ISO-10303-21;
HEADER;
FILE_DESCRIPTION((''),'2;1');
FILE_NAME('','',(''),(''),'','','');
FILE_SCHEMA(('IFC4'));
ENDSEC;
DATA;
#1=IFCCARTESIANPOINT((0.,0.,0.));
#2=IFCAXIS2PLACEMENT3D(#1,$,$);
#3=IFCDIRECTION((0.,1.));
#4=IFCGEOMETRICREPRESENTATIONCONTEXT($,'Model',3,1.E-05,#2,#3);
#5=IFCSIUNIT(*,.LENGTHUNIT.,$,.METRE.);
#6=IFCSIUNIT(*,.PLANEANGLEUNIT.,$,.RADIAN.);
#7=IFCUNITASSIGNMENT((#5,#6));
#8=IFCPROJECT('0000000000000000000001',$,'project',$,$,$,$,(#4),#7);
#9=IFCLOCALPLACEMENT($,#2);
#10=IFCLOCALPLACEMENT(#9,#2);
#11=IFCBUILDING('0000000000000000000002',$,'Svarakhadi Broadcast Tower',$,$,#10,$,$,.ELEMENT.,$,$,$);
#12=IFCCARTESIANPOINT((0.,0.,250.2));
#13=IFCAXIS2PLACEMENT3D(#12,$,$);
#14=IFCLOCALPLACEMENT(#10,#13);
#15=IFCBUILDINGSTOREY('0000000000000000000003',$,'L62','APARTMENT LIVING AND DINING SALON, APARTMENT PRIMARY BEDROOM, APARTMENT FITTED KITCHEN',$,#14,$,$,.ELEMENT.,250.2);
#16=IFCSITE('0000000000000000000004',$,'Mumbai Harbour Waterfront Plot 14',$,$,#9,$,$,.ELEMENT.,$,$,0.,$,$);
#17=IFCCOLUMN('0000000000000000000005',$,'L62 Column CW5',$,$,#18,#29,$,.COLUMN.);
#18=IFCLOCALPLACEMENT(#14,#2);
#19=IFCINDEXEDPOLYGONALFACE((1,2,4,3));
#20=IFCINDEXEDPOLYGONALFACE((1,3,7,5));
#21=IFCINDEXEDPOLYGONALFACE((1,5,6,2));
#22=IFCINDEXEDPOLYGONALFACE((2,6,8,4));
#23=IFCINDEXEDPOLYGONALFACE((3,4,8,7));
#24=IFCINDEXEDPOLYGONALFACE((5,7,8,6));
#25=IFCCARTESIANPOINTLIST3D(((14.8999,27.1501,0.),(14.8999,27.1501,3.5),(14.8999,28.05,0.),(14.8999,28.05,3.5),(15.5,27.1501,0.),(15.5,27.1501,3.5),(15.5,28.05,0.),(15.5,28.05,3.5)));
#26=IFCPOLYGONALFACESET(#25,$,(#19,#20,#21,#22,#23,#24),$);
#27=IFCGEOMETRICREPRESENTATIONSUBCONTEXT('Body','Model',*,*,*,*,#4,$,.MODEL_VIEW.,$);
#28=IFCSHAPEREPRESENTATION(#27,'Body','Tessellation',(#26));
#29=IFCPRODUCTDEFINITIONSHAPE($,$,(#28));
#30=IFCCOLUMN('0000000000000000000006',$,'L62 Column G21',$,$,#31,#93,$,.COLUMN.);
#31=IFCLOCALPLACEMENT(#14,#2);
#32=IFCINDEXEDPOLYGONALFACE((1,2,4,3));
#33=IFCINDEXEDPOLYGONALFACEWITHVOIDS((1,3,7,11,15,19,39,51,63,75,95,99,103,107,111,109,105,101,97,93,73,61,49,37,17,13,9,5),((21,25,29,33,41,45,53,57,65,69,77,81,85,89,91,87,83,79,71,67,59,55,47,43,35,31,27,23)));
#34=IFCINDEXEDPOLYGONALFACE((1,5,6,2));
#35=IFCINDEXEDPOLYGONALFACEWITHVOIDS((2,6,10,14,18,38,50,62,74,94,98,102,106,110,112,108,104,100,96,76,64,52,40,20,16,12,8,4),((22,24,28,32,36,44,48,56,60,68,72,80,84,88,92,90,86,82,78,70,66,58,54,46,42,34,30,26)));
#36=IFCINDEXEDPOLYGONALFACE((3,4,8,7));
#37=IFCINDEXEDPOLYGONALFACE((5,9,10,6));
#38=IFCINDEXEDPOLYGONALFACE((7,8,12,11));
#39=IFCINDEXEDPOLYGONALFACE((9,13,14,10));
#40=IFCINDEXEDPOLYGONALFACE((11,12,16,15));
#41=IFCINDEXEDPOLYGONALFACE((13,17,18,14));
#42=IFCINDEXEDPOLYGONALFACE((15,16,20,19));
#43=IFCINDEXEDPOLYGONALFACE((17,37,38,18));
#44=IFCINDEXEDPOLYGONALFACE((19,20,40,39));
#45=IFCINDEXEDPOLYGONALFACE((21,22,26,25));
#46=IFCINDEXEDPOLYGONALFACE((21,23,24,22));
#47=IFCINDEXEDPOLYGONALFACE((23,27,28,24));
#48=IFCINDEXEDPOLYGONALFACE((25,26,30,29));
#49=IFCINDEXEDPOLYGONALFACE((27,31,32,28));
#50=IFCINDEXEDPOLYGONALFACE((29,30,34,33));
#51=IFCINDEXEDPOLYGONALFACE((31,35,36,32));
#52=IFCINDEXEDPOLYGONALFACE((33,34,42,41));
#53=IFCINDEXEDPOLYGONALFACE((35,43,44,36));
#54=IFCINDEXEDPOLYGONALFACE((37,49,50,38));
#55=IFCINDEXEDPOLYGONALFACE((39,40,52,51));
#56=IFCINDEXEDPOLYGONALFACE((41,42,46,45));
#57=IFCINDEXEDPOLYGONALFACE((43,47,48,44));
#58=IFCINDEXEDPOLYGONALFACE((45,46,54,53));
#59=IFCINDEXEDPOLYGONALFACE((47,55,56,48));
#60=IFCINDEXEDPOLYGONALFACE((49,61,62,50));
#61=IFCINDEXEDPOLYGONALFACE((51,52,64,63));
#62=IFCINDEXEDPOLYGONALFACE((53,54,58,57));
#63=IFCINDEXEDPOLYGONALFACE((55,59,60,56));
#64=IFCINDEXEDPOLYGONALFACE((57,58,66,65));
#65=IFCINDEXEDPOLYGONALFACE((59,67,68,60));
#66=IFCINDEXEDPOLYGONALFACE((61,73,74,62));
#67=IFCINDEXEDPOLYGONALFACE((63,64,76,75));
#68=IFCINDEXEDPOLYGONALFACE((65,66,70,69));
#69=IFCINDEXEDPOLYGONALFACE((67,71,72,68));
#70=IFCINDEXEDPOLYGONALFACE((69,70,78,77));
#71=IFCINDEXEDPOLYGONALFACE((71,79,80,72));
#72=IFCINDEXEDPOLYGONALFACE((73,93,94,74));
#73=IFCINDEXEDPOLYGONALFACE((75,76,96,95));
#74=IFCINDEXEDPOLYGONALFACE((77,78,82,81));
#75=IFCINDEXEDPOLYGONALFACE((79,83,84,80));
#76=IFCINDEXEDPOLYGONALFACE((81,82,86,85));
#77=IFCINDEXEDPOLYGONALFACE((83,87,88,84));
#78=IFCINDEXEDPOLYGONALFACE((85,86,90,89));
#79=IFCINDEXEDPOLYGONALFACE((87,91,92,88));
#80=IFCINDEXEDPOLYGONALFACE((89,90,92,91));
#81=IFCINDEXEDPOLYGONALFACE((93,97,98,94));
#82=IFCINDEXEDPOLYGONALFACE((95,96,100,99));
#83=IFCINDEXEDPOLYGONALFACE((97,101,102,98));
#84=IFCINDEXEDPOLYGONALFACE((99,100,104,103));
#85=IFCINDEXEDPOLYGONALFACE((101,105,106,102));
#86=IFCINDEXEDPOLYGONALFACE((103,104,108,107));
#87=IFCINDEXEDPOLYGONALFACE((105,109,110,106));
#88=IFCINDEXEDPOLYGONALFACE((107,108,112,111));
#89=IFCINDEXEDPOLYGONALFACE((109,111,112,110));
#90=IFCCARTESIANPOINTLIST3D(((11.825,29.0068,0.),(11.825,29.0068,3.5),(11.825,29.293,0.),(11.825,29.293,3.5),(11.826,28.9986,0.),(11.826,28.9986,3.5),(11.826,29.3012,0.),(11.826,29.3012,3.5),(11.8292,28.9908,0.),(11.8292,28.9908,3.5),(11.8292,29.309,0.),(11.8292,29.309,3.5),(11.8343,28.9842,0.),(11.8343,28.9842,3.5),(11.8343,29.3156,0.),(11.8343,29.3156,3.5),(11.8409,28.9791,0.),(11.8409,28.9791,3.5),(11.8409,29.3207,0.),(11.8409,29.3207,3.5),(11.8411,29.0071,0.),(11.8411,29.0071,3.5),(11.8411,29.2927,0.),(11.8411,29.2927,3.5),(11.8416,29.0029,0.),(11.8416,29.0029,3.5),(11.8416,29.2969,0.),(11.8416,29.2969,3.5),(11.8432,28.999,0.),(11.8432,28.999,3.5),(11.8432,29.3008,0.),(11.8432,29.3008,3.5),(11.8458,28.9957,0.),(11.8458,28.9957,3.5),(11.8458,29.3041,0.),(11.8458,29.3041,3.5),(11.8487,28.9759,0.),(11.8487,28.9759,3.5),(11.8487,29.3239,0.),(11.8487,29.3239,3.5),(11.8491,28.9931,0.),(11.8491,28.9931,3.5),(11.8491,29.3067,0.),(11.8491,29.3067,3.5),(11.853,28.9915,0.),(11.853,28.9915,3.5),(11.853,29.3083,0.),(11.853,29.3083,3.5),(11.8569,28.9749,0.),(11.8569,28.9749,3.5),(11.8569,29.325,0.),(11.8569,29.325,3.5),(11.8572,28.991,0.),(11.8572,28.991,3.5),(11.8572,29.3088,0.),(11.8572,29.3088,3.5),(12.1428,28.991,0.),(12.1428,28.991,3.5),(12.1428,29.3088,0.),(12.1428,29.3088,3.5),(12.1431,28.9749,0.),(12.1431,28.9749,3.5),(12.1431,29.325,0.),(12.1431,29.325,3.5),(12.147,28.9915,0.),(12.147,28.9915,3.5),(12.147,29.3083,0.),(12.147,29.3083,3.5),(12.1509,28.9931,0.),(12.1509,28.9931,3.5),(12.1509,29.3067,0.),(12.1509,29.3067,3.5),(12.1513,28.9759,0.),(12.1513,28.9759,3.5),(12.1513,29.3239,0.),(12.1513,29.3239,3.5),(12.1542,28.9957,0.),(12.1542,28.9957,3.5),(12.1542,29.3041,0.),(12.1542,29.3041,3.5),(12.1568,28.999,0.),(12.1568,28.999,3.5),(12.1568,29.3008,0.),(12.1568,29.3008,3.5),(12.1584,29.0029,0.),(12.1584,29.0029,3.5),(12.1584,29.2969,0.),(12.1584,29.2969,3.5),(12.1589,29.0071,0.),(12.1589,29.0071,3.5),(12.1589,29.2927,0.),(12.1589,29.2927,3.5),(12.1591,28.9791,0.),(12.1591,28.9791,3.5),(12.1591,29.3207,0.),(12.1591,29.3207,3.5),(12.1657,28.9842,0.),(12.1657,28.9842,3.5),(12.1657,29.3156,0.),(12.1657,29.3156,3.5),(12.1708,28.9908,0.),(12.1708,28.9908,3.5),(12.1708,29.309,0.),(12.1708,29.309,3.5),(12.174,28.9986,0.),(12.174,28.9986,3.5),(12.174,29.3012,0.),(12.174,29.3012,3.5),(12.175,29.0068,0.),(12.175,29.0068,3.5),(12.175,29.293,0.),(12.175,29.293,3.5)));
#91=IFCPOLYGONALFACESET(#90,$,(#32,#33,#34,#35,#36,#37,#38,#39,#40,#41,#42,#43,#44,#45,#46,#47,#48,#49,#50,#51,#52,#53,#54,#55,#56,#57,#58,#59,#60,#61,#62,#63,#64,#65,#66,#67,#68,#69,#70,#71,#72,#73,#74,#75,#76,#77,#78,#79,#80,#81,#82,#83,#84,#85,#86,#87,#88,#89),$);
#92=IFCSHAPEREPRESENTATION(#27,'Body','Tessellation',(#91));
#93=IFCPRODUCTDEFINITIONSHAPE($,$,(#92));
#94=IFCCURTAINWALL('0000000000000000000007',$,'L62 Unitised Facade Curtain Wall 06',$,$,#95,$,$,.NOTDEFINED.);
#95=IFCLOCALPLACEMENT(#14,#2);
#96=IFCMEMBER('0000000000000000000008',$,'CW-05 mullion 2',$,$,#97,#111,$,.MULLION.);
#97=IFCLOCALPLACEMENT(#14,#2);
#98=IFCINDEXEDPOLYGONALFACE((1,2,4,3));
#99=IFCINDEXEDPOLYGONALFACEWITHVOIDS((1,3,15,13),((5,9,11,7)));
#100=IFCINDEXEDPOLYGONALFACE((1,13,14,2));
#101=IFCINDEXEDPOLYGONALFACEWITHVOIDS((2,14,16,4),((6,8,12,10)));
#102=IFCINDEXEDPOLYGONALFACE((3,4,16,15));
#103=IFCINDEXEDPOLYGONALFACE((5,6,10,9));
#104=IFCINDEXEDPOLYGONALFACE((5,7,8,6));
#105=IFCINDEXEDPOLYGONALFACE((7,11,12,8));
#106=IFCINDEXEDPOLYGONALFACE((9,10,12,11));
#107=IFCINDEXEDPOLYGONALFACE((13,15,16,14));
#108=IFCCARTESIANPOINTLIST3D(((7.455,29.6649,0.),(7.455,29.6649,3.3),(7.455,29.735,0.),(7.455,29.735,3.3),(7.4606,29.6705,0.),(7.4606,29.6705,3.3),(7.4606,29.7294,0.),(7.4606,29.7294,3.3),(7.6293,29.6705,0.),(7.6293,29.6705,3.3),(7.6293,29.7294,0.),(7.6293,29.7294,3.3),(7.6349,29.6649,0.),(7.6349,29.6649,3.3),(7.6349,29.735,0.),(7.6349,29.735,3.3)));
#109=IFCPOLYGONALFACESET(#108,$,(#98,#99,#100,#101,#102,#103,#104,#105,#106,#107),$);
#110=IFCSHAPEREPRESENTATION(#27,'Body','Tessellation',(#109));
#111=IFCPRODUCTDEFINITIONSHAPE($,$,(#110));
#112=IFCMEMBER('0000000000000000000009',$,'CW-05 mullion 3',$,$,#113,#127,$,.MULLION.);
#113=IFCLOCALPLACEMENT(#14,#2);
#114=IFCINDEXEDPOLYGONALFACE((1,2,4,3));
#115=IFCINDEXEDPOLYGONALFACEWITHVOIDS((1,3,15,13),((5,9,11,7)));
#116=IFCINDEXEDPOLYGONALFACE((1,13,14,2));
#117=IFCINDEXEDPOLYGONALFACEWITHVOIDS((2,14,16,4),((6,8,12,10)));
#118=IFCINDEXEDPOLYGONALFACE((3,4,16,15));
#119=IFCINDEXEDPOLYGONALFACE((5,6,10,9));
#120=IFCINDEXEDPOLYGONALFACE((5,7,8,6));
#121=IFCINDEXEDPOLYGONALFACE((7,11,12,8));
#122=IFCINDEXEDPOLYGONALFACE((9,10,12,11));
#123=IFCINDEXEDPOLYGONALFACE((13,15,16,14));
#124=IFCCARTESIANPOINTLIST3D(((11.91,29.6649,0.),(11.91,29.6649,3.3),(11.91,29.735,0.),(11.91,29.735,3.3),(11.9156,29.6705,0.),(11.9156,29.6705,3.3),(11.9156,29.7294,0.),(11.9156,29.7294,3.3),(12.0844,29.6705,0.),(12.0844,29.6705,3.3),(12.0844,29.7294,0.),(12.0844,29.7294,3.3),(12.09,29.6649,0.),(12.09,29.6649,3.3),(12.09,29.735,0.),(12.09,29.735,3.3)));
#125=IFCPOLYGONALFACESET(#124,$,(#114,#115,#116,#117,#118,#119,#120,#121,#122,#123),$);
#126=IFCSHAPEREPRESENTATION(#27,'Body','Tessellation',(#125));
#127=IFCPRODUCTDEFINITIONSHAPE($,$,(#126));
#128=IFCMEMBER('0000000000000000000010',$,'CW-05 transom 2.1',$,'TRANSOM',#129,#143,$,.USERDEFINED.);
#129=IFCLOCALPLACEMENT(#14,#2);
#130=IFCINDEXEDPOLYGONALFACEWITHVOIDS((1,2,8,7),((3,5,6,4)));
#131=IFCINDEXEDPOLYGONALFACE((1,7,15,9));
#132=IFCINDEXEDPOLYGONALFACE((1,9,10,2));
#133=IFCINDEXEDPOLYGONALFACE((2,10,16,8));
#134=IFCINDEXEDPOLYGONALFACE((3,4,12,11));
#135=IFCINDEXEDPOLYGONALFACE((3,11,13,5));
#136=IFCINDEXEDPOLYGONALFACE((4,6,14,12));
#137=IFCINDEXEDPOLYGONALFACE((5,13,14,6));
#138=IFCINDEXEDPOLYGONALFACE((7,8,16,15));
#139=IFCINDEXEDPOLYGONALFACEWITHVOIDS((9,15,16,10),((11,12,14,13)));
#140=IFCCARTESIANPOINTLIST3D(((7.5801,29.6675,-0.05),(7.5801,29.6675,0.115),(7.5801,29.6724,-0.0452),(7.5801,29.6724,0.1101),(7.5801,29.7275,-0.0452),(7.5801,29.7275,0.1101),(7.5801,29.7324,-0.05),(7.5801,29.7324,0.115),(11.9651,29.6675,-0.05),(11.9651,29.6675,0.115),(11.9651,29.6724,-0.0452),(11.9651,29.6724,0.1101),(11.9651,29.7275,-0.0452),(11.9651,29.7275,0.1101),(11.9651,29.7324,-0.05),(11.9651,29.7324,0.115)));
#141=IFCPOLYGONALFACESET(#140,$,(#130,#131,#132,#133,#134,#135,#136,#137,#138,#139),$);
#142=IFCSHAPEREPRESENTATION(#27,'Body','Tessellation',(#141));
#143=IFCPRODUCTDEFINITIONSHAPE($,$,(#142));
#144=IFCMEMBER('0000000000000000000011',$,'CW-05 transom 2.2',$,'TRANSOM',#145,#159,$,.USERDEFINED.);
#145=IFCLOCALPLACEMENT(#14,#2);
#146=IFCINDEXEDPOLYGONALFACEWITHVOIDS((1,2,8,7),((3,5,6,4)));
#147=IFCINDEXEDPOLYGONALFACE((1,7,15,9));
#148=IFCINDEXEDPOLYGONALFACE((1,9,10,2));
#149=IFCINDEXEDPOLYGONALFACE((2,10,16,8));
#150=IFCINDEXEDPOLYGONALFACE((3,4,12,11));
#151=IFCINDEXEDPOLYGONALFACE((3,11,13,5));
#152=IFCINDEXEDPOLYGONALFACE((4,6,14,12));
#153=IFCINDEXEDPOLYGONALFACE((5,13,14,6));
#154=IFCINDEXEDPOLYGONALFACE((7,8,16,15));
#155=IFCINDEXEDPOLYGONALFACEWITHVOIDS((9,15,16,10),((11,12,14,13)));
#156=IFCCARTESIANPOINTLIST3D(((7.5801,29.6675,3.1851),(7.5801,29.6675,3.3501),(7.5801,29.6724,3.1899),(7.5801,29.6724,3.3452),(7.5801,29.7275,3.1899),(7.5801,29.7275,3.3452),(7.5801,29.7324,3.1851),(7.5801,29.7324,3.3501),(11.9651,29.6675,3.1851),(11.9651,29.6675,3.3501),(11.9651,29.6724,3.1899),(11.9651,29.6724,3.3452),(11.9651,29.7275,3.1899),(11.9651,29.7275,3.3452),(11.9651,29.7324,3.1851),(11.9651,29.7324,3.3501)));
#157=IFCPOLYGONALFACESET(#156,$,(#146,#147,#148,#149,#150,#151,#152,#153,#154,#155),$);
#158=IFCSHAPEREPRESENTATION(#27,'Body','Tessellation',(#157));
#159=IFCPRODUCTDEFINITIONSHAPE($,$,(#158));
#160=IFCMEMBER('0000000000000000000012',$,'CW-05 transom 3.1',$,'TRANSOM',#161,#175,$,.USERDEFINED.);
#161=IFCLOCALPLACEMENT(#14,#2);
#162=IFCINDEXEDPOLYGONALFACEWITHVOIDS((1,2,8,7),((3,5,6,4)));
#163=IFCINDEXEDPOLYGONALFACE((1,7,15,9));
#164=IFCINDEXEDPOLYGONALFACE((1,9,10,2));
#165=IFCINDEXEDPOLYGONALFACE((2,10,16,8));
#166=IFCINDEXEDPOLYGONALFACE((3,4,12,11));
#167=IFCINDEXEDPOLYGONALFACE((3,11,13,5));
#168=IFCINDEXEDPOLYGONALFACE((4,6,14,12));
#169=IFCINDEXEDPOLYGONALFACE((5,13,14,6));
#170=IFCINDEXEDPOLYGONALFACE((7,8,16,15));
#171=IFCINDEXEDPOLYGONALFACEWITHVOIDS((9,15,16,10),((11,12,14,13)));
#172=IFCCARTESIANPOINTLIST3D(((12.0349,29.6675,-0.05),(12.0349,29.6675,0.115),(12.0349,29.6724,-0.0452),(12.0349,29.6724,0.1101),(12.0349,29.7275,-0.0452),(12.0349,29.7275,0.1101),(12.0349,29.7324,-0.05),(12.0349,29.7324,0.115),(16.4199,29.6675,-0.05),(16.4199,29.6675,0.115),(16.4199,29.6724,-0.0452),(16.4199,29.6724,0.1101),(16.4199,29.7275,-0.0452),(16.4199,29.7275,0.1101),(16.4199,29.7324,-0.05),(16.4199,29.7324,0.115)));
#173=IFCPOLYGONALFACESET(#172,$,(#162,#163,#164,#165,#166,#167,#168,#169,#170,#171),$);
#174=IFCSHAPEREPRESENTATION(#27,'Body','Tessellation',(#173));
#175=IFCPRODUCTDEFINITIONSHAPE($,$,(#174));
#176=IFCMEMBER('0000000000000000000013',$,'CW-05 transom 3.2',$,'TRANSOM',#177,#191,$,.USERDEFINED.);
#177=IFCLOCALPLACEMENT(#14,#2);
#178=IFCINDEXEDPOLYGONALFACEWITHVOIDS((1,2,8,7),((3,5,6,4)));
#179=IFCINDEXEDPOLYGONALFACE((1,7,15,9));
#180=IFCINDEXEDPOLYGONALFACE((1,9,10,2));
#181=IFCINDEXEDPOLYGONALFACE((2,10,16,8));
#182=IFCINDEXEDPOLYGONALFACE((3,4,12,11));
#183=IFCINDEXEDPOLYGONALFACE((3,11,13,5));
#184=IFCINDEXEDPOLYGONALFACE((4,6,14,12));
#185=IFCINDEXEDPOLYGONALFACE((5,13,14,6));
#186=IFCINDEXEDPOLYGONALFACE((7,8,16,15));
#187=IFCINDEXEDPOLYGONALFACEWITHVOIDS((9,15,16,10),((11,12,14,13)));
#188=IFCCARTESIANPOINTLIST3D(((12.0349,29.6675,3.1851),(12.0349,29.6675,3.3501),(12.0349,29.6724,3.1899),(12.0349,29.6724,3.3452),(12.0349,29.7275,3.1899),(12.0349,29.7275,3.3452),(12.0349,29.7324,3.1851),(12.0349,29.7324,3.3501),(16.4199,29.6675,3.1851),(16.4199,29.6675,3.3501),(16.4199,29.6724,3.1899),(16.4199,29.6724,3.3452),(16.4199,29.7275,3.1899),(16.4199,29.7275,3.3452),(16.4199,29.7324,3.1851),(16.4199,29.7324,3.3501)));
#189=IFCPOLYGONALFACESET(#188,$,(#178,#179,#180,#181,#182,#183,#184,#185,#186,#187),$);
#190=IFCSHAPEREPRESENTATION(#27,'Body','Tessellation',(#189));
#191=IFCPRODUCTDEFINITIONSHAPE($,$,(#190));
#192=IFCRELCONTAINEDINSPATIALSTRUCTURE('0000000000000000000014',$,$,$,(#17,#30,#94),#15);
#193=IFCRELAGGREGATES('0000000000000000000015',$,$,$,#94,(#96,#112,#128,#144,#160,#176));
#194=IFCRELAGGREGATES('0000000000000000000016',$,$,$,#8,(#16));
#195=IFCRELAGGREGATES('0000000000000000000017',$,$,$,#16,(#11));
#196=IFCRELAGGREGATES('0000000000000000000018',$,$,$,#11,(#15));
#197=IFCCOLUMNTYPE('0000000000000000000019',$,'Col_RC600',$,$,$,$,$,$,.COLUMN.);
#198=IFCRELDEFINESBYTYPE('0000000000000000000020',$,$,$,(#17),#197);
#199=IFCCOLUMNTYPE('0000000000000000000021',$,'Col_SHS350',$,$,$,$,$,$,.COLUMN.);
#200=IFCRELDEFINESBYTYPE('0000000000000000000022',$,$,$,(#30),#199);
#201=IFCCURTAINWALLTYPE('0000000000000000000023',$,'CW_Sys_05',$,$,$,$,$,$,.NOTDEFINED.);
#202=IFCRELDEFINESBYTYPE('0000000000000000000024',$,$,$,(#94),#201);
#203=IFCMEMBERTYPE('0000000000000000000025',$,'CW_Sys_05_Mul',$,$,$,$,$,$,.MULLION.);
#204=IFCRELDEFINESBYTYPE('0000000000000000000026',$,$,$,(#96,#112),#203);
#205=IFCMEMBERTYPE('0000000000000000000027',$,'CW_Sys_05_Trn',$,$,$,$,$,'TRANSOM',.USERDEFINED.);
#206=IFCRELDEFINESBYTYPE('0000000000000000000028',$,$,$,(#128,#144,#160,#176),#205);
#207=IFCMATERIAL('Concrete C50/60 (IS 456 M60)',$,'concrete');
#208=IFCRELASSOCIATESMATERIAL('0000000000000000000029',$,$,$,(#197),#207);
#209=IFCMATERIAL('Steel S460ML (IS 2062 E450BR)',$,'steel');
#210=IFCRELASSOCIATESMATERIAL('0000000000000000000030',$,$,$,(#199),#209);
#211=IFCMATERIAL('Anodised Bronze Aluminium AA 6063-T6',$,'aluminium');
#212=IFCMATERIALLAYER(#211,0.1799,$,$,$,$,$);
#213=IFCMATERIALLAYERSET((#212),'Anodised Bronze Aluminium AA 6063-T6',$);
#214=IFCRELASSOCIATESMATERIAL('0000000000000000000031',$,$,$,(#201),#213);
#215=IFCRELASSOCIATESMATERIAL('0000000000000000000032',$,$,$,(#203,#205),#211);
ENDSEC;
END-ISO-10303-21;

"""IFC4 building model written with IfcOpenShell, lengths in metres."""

from ifc_helpers import new_model, si_unit, direction, frame, origin, origin_2d, place, context, subcontext, project, spatial, rectangle, hollow_rectangle, extrude, material, layer, layer_set, material_profile, profile_set, type_object, element, aggregate, save


model = new_model("IFC4")

# Units and contexts
model_context = context("Model", 3, precision=1e-05, world=origin(), true_north=direction((0.0, 1.0)))
body_context = subcontext(model_context, "Body", "Model", "MODEL_VIEW")
ifc_project = project(units=[si_unit("LENGTHUNIT", "METRE"), si_unit("PLANEANGLEUNIT", "RADIAN")], contexts=[model_context])

# Site, building, storey
site_placement = place(None, origin())
site = spatial("IfcSite", under=ifc_project, at=site_placement, Name="Mumbai Harbour Waterfront Plot 14", CompositionType="ELEMENT", RefElevation=0.0)
building_placement = place(site_placement, origin())
building = spatial("IfcBuilding", under=site, at=building_placement, Name="Svarakhadi Broadcast Tower", CompositionType="ELEMENT")
storey_placement = place(building_placement, frame((0.0, 0.0, 250.2)))
storey = spatial("IfcBuildingStorey", under=building, at=storey_placement, Name="L62", Description="APARTMENT LIVING AND DINING SALON, APARTMENT PRIMARY BEDROOM, APARTMENT FITTED KITCHEN", CompositionType="ELEMENT", Elevation=250.2)

# Columns
ifc_material_1 = material(Name="Concrete C50/60 (IS 456 M60)", Category="concrete")
ifc_material_profile_1 = material_profile(ifc_material_1, rectangle(XDim=0.6001, YDim=0.8999, at=origin_2d()), Name="RC 600x900")
ifc_profile_set_1 = profile_set([ifc_material_profile_1], Name="Concrete C50/60 (IS 456 M60)")
column_type_1 = type_object("IfcColumnType", Name="Col_RC600", PredefinedType="COLUMN", material=ifc_profile_set_1)
column_1_placement = place(storey_placement, frame((15.2, 27.6001, 0.0), z_axis=(0.0, 0.0, 1.0), x_axis=(1.0, 0.0, 0.0)))
element("IfcColumn", 1, at=column_1_placement, inside=storey, type_object=column_type_1, Name="L62 Column CW5", PredefinedType="COLUMN", context=body_context, shape_type="SweptSolid", body=[
    extrude(rectangle(XDim=0.6001, YDim=0.8999, at=origin_2d()), origin(), (0.0, 0.0, 1.0), 3.5),
])
ifc_material_2 = material(Name="Steel S460ML (IS 2062 E450BR)", Category="steel")
ifc_material_profile_2 = material_profile(ifc_material_2, hollow_rectangle(XDim=0.3501, YDim=0.3501, WallThickness=0.0161, InnerFilletRadius=0.0161, OuterFilletRadius=0.032, at=origin_2d()), Name="SHS 350x350x16")
ifc_profile_set_2 = profile_set([ifc_material_profile_2], Name="Steel S460ML (IS 2062 E450BR)")
column_type_2 = type_object("IfcColumnType", Name="Col_SHS350", PredefinedType="COLUMN", material=ifc_profile_set_2)
column_2_placement = place(storey_placement, frame((12.0, 29.1499, 0.0), z_axis=(0.0, 0.0, 1.0), x_axis=(1.0, 0.0, 0.0)))
element("IfcColumn", 2, at=column_2_placement, inside=storey, type_object=column_type_2, Name="L62 Column G21", PredefinedType="COLUMN", context=body_context, shape_type="SweptSolid", body=[
    extrude(hollow_rectangle(XDim=0.3501, YDim=0.3501, WallThickness=0.0161, InnerFilletRadius=0.0161, OuterFilletRadius=0.032, at=origin_2d()), origin(), (0.0, 0.0, 1.0), 3.5),
])

# Curtain wall, members
ifc_material_3 = material(Name="Anodised Bronze Aluminium AA 6063-T6", Category="aluminium")
ifc_layer_1 = layer(ifc_material_3, 0.1799)
ifc_layer_set_1 = layer_set([ifc_layer_1], Name="Anodised Bronze Aluminium AA 6063-T6")
curtain_wall_type = type_object("IfcCurtainWallType", Name="CW_Sys_05", PredefinedType="NOTDEFINED", material=ifc_layer_set_1)
curtain_wall_placement = place(storey_placement, origin())
curtain_wall = element("IfcCurtainWall", 3, at=curtain_wall_placement, inside=storey, type_object=curtain_wall_type, Name="L62 Unitised Facade Curtain Wall 06", PredefinedType="NOTDEFINED")
ifc_material_profile_3 = material_profile(ifc_material_3, hollow_rectangle(XDim=0.0701, YDim=0.1799, WallThickness=0.0056, at=origin_2d()), Name="ALU MULLION 180x70x6")
ifc_profile_set_3 = profile_set([ifc_material_profile_3], Name="Anodised Bronze Aluminium AA 6063-T6")
member_type_1 = type_object("IfcMemberType", Name="CW_Sys_05_Mul", PredefinedType="MULLION", material=ifc_profile_set_3)
member_1_placement = place(storey_placement, frame((7.5449, 29.7, 0.0), z_axis=(0.0, 0.0, 1.0), x_axis=(0.0, 1.0, 0.0)))
member_1 = element("IfcMember", 4, at=member_1_placement, type_object=member_type_1, Name="CW-05 mullion 2", PredefinedType="MULLION", context=body_context, shape_type="SweptSolid", body=[
    extrude(hollow_rectangle(XDim=0.0701, YDim=0.1799, WallThickness=0.0056, at=origin_2d()), origin(), (0.0, 0.0, 1.0), 3.3),
])
member_2_placement = place(storey_placement, frame((12.0, 29.7, 0.0), z_axis=(0.0, 0.0, 1.0), x_axis=(0.0, 1.0, 0.0)))
member_2 = element("IfcMember", 5, at=member_2_placement, type_object=member_type_1, Name="CW-05 mullion 3", PredefinedType="MULLION", context=body_context, shape_type="SweptSolid", body=[
    extrude(hollow_rectangle(XDim=0.0701, YDim=0.1799, WallThickness=0.0056, at=origin_2d()), origin(), (0.0, 0.0, 1.0), 3.3),
])
ifc_material_profile_4 = material_profile(ifc_material_3, hollow_rectangle(XDim=0.0649, YDim=0.165, WallThickness=0.0049, at=origin_2d()), Name="ALU TRANSOM 165x65x5")
ifc_profile_set_4 = profile_set([ifc_material_profile_4], Name="Anodised Bronze Aluminium AA 6063-T6")
member_type_2 = type_object("IfcMemberType", Name="CW_Sys_05_Trn", ElementType="TRANSOM", PredefinedType="USERDEFINED", material=ifc_profile_set_4)
member_3_placement = place(storey_placement, frame((7.5801, 29.7, 0.0325), z_axis=(1.0, 0.0, 0.0), x_axis=(0.0, 1.0, 0.0)))
member_3 = element("IfcMember", 6, at=member_3_placement, type_object=member_type_2, Name="CW-05 transom 2.1", ObjectType="TRANSOM", PredefinedType="USERDEFINED", context=body_context, shape_type="SweptSolid", body=[
    extrude(hollow_rectangle(XDim=0.0649, YDim=0.165, WallThickness=0.0049, at=origin_2d()), origin(), (0.0, 0.0, 1.0), 4.385),
])
member_4_placement = place(storey_placement, frame((7.5801, 29.7, 3.2676), z_axis=(1.0, 0.0, 0.0), x_axis=(0.0, 1.0, 0.0)))
member_4 = element("IfcMember", 7, at=member_4_placement, type_object=member_type_2, Name="CW-05 transom 2.2", ObjectType="TRANSOM", PredefinedType="USERDEFINED", context=body_context, shape_type="SweptSolid", body=[
    extrude(hollow_rectangle(XDim=0.0649, YDim=0.165, WallThickness=0.0049, at=origin_2d()), origin(), (0.0, 0.0, 1.0), 4.385),
])
member_5_placement = place(storey_placement, frame((12.0349, 29.7, 0.0325), z_axis=(1.0, 0.0, 0.0), x_axis=(0.0, 1.0, 0.0)))
member_5 = element("IfcMember", 8, at=member_5_placement, type_object=member_type_2, Name="CW-05 transom 3.1", ObjectType="TRANSOM", PredefinedType="USERDEFINED", context=body_context, shape_type="SweptSolid", body=[
    extrude(hollow_rectangle(XDim=0.0649, YDim=0.165, WallThickness=0.0049, at=origin_2d()), origin(), (0.0, 0.0, 1.0), 4.385),
])
member_6_placement = place(storey_placement, frame((12.0349, 29.7, 3.2676), z_axis=(1.0, 0.0, 0.0), x_axis=(0.0, 1.0, 0.0)))
member_6 = element("IfcMember", 9, at=member_6_placement, type_object=member_type_2, Name="CW-05 transom 3.2", ObjectType="TRANSOM", PredefinedType="USERDEFINED", context=body_context, shape_type="SweptSolid", body=[
    extrude(hollow_rectangle(XDim=0.0649, YDim=0.165, WallThickness=0.0049, at=origin_2d()), origin(), (0.0, 0.0, 1.0), 4.385),
])

aggregate(curtain_wall, [member_1, member_2, member_3, member_4, member_5, member_6])

save(model, "model.ifc")
